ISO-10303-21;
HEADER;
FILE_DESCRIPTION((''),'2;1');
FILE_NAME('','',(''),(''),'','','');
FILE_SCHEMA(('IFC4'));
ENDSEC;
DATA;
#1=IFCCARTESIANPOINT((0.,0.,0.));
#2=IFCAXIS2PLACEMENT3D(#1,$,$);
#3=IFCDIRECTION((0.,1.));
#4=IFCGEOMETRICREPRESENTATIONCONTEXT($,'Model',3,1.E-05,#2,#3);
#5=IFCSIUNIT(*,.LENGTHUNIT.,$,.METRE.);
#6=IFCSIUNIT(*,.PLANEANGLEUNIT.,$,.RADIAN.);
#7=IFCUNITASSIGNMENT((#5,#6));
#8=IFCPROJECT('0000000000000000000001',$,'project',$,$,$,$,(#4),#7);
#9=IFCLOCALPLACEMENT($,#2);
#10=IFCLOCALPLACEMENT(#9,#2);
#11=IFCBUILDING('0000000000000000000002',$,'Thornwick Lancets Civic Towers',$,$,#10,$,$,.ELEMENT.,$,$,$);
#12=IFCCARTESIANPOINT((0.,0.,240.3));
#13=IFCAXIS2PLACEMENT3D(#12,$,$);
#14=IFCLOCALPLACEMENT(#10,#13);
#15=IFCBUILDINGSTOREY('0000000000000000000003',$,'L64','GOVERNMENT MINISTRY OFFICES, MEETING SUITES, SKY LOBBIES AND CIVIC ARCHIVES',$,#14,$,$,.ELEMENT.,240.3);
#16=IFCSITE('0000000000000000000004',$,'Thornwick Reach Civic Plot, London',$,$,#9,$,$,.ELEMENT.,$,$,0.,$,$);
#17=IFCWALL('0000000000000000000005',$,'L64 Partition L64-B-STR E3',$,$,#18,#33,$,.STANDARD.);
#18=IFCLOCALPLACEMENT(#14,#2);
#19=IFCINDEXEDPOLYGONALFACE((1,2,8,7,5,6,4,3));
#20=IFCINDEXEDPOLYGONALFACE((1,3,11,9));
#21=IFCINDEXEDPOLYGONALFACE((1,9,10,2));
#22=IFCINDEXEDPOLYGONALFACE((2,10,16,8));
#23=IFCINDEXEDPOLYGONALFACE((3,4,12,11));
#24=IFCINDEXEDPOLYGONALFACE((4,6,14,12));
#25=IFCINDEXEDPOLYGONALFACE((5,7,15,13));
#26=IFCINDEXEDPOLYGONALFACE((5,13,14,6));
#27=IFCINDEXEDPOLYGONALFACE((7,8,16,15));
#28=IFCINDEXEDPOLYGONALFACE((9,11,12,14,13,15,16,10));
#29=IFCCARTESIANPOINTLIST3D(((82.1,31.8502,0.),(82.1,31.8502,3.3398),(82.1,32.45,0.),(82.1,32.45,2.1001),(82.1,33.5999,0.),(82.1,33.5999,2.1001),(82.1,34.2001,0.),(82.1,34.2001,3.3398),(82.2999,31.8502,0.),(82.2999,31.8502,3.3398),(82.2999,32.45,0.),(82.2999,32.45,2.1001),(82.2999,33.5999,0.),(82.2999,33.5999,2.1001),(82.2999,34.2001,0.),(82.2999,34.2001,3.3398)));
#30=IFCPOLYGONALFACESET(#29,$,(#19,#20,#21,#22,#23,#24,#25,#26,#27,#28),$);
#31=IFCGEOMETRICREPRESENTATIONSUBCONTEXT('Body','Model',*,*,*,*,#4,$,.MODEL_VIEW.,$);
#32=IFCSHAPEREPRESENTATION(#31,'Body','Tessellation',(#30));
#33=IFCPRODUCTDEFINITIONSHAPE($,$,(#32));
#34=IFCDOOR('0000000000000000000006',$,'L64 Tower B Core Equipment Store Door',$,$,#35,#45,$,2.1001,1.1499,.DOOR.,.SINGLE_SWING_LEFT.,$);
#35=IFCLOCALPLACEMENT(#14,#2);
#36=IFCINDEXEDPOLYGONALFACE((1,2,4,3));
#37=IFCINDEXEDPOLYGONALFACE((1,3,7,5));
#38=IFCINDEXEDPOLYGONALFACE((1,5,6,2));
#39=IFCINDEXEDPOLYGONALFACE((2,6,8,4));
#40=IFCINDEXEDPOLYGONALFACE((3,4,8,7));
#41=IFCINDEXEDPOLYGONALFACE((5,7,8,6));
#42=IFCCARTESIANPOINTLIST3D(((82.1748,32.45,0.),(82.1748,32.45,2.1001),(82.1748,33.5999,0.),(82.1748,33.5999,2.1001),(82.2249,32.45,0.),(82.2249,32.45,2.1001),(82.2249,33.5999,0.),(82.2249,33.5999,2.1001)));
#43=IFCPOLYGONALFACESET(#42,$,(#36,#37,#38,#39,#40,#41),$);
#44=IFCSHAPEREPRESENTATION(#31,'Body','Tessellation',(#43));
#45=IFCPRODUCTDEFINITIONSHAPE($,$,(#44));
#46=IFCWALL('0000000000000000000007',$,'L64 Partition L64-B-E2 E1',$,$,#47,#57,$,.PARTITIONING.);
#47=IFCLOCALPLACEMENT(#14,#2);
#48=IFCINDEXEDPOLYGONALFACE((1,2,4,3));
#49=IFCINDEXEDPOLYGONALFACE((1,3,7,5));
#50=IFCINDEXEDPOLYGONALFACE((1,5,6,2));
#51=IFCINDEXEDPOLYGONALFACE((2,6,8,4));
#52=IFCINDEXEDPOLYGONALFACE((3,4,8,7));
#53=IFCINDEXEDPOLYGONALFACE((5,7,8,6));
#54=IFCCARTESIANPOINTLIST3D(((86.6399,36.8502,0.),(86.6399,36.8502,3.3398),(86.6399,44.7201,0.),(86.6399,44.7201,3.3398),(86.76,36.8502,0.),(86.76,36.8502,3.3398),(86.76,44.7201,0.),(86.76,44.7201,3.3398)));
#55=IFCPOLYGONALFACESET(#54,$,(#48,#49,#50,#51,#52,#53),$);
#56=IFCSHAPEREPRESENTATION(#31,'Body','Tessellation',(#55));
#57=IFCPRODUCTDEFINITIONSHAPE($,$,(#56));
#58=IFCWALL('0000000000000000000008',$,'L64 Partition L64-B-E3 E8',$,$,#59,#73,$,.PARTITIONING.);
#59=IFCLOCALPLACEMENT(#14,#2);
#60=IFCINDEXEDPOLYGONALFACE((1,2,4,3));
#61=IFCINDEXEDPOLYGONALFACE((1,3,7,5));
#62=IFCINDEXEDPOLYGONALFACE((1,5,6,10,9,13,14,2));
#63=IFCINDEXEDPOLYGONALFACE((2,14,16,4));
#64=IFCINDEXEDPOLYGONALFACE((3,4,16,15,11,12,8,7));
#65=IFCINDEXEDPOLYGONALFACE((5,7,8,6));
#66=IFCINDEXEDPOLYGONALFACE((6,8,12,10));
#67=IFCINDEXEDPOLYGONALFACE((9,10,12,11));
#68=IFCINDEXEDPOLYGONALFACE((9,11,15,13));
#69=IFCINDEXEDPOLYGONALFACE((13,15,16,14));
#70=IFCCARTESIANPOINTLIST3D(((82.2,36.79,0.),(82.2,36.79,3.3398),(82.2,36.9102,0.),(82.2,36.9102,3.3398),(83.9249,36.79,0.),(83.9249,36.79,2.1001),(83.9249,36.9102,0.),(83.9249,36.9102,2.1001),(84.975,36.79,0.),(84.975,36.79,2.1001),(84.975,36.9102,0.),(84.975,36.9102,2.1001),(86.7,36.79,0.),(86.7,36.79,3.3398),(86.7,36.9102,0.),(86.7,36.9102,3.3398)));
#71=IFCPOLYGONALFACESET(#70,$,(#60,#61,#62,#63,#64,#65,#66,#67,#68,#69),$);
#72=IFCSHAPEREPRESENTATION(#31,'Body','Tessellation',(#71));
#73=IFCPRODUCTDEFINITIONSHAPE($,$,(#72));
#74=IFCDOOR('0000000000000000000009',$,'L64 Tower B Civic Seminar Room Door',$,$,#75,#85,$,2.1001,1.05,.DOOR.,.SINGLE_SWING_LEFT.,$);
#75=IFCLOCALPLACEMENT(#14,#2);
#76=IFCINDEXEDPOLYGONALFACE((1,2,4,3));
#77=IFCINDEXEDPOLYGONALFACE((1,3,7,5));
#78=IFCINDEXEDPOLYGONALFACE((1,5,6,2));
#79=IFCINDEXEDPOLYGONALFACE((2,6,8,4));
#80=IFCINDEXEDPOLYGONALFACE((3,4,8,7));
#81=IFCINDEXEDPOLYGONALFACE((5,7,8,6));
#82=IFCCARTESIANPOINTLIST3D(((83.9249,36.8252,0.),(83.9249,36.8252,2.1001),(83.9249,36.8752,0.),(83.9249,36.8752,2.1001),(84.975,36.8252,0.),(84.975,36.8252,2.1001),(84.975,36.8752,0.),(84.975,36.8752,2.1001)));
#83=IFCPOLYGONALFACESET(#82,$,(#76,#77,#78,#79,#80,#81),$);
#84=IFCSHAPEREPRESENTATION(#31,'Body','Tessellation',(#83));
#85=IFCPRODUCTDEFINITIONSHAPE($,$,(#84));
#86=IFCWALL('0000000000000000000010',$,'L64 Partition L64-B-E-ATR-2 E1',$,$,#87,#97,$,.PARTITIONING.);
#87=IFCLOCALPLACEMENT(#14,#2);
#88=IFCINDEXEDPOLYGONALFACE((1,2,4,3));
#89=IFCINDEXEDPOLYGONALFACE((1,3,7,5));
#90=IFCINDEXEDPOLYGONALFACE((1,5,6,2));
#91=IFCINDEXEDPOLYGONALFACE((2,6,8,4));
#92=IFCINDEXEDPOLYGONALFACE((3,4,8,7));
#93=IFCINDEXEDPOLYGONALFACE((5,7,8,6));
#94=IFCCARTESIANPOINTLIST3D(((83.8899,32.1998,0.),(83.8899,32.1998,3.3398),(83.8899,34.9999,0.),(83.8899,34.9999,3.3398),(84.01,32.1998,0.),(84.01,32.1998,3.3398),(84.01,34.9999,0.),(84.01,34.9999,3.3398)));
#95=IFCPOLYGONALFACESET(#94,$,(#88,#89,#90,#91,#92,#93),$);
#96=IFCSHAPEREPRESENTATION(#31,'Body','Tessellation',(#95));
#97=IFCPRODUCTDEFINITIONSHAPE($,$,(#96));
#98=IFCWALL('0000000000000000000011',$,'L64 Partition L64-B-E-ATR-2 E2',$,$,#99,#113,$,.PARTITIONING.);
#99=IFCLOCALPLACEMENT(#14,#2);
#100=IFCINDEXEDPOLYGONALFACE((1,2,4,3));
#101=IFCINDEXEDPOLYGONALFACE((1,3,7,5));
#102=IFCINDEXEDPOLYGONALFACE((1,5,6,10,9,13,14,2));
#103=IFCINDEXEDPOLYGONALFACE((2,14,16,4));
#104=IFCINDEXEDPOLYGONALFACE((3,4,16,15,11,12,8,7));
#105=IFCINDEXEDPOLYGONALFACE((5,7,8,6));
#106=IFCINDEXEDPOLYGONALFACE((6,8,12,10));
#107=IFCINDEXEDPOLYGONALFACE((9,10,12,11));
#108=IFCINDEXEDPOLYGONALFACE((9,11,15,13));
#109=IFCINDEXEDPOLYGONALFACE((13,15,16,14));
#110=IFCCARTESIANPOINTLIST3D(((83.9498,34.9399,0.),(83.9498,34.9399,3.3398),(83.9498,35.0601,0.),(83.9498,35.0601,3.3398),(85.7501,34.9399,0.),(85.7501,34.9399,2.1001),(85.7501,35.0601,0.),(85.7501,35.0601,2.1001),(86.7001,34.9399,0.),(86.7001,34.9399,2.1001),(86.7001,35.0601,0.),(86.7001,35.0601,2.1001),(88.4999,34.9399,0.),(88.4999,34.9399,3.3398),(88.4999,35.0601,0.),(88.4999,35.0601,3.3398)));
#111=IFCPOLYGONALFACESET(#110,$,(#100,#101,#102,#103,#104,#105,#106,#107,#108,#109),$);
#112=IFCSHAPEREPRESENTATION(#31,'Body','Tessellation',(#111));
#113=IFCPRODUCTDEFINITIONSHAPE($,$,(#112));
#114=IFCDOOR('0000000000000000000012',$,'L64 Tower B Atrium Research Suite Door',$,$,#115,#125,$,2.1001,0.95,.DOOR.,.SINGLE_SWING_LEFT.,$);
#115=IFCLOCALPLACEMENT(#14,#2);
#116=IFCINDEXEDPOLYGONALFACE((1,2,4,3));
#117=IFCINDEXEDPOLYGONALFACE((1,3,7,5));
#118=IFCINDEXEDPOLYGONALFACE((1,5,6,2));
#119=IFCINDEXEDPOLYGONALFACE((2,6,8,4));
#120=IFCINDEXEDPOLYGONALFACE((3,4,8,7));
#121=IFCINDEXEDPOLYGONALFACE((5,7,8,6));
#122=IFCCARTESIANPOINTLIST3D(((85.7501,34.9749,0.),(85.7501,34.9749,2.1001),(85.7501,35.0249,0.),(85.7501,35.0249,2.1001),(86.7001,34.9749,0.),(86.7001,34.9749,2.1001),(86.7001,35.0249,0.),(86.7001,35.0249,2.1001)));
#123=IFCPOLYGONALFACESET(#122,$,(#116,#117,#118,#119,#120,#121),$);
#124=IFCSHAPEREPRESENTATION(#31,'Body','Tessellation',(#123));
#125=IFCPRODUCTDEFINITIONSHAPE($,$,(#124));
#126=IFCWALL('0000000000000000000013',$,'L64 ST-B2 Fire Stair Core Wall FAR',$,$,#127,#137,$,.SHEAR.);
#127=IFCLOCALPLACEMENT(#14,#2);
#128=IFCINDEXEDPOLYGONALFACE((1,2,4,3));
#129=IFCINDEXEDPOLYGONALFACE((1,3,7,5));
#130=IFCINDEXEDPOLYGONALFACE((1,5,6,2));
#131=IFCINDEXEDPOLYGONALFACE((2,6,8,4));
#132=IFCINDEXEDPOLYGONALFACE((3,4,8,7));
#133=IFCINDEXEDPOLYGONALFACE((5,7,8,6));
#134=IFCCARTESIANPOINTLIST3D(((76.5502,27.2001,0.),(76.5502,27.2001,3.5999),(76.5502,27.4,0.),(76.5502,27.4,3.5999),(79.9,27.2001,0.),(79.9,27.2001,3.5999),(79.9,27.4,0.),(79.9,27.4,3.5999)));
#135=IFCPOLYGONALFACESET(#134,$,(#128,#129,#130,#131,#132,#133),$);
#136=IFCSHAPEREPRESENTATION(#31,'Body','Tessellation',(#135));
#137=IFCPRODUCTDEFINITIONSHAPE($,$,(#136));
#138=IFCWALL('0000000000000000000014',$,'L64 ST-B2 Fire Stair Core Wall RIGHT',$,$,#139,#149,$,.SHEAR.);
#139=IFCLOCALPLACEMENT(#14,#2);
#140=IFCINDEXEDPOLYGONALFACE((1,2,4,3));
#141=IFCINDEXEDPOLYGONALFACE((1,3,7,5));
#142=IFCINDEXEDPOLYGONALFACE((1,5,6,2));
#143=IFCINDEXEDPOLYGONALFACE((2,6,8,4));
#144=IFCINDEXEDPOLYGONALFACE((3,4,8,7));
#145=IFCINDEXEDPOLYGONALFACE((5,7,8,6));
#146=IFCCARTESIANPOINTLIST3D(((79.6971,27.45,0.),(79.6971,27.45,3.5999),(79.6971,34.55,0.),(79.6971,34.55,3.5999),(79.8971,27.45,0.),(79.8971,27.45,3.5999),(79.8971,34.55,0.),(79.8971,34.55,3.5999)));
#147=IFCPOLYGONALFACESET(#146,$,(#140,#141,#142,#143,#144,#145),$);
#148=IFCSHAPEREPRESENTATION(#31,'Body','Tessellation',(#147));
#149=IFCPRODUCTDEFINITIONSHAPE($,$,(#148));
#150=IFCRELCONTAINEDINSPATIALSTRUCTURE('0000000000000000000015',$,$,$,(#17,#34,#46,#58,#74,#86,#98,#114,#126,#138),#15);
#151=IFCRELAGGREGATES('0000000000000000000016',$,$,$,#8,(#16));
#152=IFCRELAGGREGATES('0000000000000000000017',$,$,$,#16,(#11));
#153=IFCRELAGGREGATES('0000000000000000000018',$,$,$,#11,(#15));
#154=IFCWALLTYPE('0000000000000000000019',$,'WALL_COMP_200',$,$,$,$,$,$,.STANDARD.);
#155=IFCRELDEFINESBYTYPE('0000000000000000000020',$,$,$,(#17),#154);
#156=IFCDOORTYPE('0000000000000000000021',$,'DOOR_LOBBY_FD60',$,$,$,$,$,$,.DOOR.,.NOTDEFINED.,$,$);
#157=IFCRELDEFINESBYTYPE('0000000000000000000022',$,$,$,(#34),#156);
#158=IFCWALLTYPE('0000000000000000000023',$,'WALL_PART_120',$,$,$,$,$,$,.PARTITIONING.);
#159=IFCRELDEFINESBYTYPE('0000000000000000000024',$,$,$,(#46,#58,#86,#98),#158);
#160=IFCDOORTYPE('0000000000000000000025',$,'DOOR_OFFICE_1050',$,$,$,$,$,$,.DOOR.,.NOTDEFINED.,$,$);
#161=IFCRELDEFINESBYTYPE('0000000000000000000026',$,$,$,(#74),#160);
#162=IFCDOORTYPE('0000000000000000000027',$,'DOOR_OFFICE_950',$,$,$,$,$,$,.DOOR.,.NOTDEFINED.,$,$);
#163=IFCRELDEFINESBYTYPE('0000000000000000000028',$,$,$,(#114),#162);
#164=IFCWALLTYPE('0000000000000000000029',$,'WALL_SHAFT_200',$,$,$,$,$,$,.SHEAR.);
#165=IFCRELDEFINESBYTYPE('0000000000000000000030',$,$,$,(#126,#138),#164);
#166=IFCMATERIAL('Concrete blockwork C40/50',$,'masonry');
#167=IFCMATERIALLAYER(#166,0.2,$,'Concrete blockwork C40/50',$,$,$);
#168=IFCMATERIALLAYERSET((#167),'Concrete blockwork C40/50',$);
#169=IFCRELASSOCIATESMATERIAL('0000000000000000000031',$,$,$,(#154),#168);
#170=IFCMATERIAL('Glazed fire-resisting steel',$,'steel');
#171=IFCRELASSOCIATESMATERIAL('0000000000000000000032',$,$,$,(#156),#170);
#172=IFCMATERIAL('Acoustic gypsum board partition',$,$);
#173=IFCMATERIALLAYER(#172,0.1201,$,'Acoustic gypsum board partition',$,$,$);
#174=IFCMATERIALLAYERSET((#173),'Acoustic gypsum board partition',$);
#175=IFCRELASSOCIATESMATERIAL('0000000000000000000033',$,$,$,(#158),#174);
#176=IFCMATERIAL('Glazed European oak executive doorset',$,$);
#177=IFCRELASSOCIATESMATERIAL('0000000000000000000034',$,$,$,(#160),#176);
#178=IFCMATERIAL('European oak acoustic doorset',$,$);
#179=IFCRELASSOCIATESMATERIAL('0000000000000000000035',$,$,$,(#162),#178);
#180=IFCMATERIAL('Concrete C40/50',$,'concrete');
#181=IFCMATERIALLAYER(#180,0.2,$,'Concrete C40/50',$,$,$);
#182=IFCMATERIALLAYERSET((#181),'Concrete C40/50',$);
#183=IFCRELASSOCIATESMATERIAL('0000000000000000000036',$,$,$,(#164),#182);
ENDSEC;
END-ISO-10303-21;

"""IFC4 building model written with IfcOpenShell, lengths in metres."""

from ifc_helpers import new_model, si_unit, direction, frame, frame_2d, origin, place, context, subcontext, project, spatial, rectangle, extrude, material, layer, layer_set, type_object, element, fill, save


model = new_model("IFC4")

# Units and contexts
model_context = context("Model", 3, precision=1e-05, world=origin(), true_north=direction((0.0, 1.0)))
body_context = subcontext(model_context, "Body", "Model", "MODEL_VIEW")
ifc_project = project(units=[si_unit("LENGTHUNIT", "METRE"), si_unit("PLANEANGLEUNIT", "RADIAN")], contexts=[model_context])

# Site, building, storey
site_placement = place(None, origin())
site = spatial("IfcSite", under=ifc_project, at=site_placement, Name="Thornwick Reach Civic Plot, London", CompositionType="ELEMENT", RefElevation=0.0)
building_placement = place(site_placement, origin())
building = spatial("IfcBuilding", under=site, at=building_placement, Name="Thornwick Lancets Civic Towers", CompositionType="ELEMENT")
storey_placement = place(building_placement, frame((0.0, 0.0, 240.3)))
storey = spatial("IfcBuildingStorey", under=building, at=storey_placement, Name="L64", Description="GOVERNMENT MINISTRY OFFICES, MEETING SUITES, SKY LOBBIES AND CIVIC ARCHIVES", CompositionType="ELEMENT", Elevation=240.3)

# Shared definitions
ifc_material_1 = material(Name="Concrete blockwork C40/50", Category="masonry")
ifc_layer_1 = layer(ifc_material_1, 0.2, Name="Concrete blockwork C40/50")
ifc_layer_set_1 = layer_set([ifc_layer_1], Name="Concrete blockwork C40/50")
wall_type_1 = type_object("IfcWallType", Name="WALL_COMP_200", PredefinedType="STANDARD", material=ifc_layer_set_1)

# Shared definitions
ifc_material_2 = material(Name="Glazed fire-resisting steel", Category="steel")
door_type_1 = type_object("IfcDoorType", Name="DOOR_LOBBY_FD60", OperationType="NOTDEFINED", PredefinedType="DOOR", material=ifc_material_2)

# Wall, opening, door
wall_1_placement = place(storey_placement, frame((82.2, 34.2, 0.0), z_axis=(0.0, 0.0, 1.0), x_axis=(0.0, -1.0, 0.0)))
wall_1 = element("IfcWall", 1, at=wall_1_placement, inside=storey, type_object=wall_type_1, Name="L64 Partition L64-B-STR E3", PredefinedType="STANDARD", context=body_context, shape_type="SweptSolid", body=[
    extrude(rectangle(XDim=2.3499, YDim=0.2, at=frame_2d((1.1748, 0.0))), origin(), (0.0, 0.0, 1.0), 3.3398),
])
opening_1_placement = place(wall_1_placement, frame((0.6001, 0.0, 0.0)))
opening_1 = element("IfcOpeningElement", 2, at=opening_1_placement, cuts=wall_1, PredefinedType="OPENING", context=body_context, shape_type="SweptSolid", body=[
    extrude(rectangle(XDim=1.1499, YDim=2.1001, at=frame_2d((0.575, 1.05))), frame((0.0, 0.1099, 0.0), z_axis=(0.0, -1.0, 0.0), x_axis=(1.0, 0.0, 0.0)), (0.0, 0.0, 1.0), 0.22),
])
door_1_placement = place(opening_1_placement, origin())
door_1 = element("IfcDoor", 3, at=door_1_placement, inside=storey, type_object=door_type_1, Name="L64 Tower B Core Equipment Store Door", OperationType="SINGLE_SWING_LEFT", OverallHeight=2.1001, OverallWidth=1.1499, PredefinedType="DOOR", context=body_context, shape_type="SweptSolid", body=[
    extrude(rectangle(XDim=1.1499, YDim=2.1001, at=frame_2d((0.575, 1.05))), frame((0.0, 0.0249, 0.0), z_axis=(0.0, -1.0, 0.0), x_axis=(1.0, 0.0, 0.0)), (0.0, 0.0, 1.0), 0.05),
])
fill(opening_1, door_1)

# Wall
ifc_material_3 = material(Name="Acoustic gypsum board partition")
ifc_layer_2 = layer(ifc_material_3, 0.1201, Name="Acoustic gypsum board partition")
ifc_layer_set_2 = layer_set([ifc_layer_2], Name="Acoustic gypsum board partition")
wall_type_2 = type_object("IfcWallType", Name="WALL_PART_120", PredefinedType="PARTITIONING", material=ifc_layer_set_2)
wall_2_placement = place(storey_placement, frame((86.7, 36.8501, 0.0), z_axis=(0.0, 0.0, 1.0), x_axis=(0.0, 1.0, 0.0)))
element("IfcWall", 4, at=wall_2_placement, inside=storey, type_object=wall_type_2, Name="L64 Partition L64-B-E2 E1", PredefinedType="PARTITIONING", context=body_context, shape_type="SweptSolid", body=[
    extrude(rectangle(XDim=7.8699, YDim=0.1201, at=frame_2d((3.9351, 0.0))), origin(), (0.0, 0.0, 1.0), 3.3398),
])

# Wall, opening, door
wall_3_placement = place(storey_placement, frame((86.7, 36.8501, 0.0), z_axis=(0.0, 0.0, 1.0), x_axis=(-1.0, 0.0, 0.0)))
wall_3 = element("IfcWall", 5, at=wall_3_placement, inside=storey, type_object=wall_type_2, Name="L64 Partition L64-B-E3 E8", PredefinedType="PARTITIONING", context=body_context, shape_type="SweptSolid", body=[
    extrude(rectangle(XDim=4.5, YDim=0.1201, at=frame_2d((2.25, 0.0))), origin(), (0.0, 0.0, 1.0), 3.3398),
])
opening_2_placement = place(wall_3_placement, frame((1.7251, 0.0, 0.0)))
opening_2 = element("IfcOpeningElement", 6, at=opening_2_placement, cuts=wall_3, PredefinedType="OPENING", context=body_context, shape_type="SweptSolid", body=[
    extrude(rectangle(XDim=1.05, YDim=2.1001, at=frame_2d((0.5249, 1.05))), frame((0.0, 0.0701, 0.0), z_axis=(0.0, -1.0, 0.0), x_axis=(1.0, 0.0, 0.0)), (0.0, 0.0, 1.0), 0.1401),
])
ifc_material_4 = material(Name="Glazed European oak executive doorset")
door_type_2 = type_object("IfcDoorType", Name="DOOR_OFFICE_1050", OperationType="NOTDEFINED", PredefinedType="DOOR", material=ifc_material_4)
door_2_placement = place(opening_2_placement, origin())
door_2 = element("IfcDoor", 7, at=door_2_placement, inside=storey, type_object=door_type_2, Name="L64 Tower B Civic Seminar Room Door", OperationType="SINGLE_SWING_LEFT", OverallHeight=2.1001, OverallWidth=1.05, PredefinedType="DOOR", context=body_context, shape_type="SweptSolid", body=[
    extrude(rectangle(XDim=1.05, YDim=2.1001, at=frame_2d((0.5249, 1.05))), frame((0.0, 0.0249, 0.0), z_axis=(0.0, -1.0, 0.0), x_axis=(1.0, 0.0, 0.0)), (0.0, 0.0, 1.0), 0.05),
])
fill(opening_2, door_2)

# Wall
wall_4_placement = place(storey_placement, frame((83.95, 32.2, 0.0), z_axis=(0.0, 0.0, 1.0), x_axis=(0.0, 1.0, 0.0)))
element("IfcWall", 8, at=wall_4_placement, inside=storey, type_object=wall_type_2, Name="L64 Partition L64-B-E-ATR-2 E1", PredefinedType="PARTITIONING", context=body_context, shape_type="SweptSolid", body=[
    extrude(rectangle(XDim=2.8, YDim=0.1201, at=frame_2d((1.3999, 0.0))), origin(), (0.0, 0.0, 1.0), 3.3398),
])

# Wall, opening, door
wall_5_placement = place(storey_placement, frame((83.95, 35.0, 0.0), z_axis=(0.0, 0.0, 1.0), x_axis=(1.0, 0.0, 0.0)))
wall_5 = element("IfcWall", 9, at=wall_5_placement, inside=storey, type_object=wall_type_2, Name="L64 Partition L64-B-E-ATR-2 E2", PredefinedType="PARTITIONING", context=body_context, shape_type="SweptSolid", body=[
    extrude(rectangle(XDim=4.55, YDim=0.1201, at=frame_2d((2.2749, 0.0))), origin(), (0.0, 0.0, 1.0), 3.3398),
])
opening_3_placement = place(wall_5_placement, frame((1.8, 0.0, 0.0)))
opening_3 = element("IfcOpeningElement", 10, at=opening_3_placement, cuts=wall_5, PredefinedType="OPENING", context=body_context, shape_type="SweptSolid", body=[
    extrude(rectangle(XDim=0.95, YDim=2.1001, at=frame_2d((0.4751, 1.05))), frame((0.0, 0.0701, 0.0), z_axis=(0.0, -1.0, 0.0), x_axis=(1.0, 0.0, 0.0)), (0.0, 0.0, 1.0), 0.1401),
])
ifc_material_5 = material(Name="European oak acoustic doorset")
door_type_3 = type_object("IfcDoorType", Name="DOOR_OFFICE_950", OperationType="NOTDEFINED", PredefinedType="DOOR", material=ifc_material_5)
door_3_placement = place(opening_3_placement, origin())
door_3 = element("IfcDoor", 11, at=door_3_placement, inside=storey, type_object=door_type_3, Name="L64 Tower B Atrium Research Suite Door", OperationType="SINGLE_SWING_LEFT", OverallHeight=2.1001, OverallWidth=0.95, PredefinedType="DOOR", context=body_context, shape_type="SweptSolid", body=[
    extrude(rectangle(XDim=0.95, YDim=2.1001, at=frame_2d((0.4751, 1.05))), frame((0.0, 0.0249, 0.0), z_axis=(0.0, -1.0, 0.0), x_axis=(1.0, 0.0, 0.0)), (0.0, 0.0, 1.0), 0.05),
])
fill(opening_3, door_3)

# Walls
ifc_material_6 = material(Name="Concrete C40/50", Category="concrete")
ifc_layer_3 = layer(ifc_material_6, 0.2, Name="Concrete C40/50")
ifc_layer_set_3 = layer_set([ifc_layer_3], Name="Concrete C40/50")
wall_type_3 = type_object("IfcWallType", Name="WALL_SHAFT_200", PredefinedType="SHEAR", material=ifc_layer_set_3)
wall_6_placement = place(storey_placement, frame((79.8999, 27.3, 0.0), z_axis=(0.0, 0.0, 1.0), x_axis=(-1.0, 0.0, 0.0)))
element("IfcWall", 12, at=wall_6_placement, inside=storey, type_object=wall_type_3, Name="L64 ST-B2 Fire Stair Core Wall FAR", PredefinedType="SHEAR", context=body_context, shape_type="SweptSolid", body=[
    extrude(rectangle(XDim=3.3499, YDim=0.2, at=frame_2d((1.6748, 0.0))), origin(), (0.0, 0.0, 1.0), 3.5999),
])
wall_7_placement = place(storey_placement, frame((79.7971, 27.45, 0.0), z_axis=(0.0, 0.0, 1.0), x_axis=(0.0, 1.0, 0.0)))
element("IfcWall", 13, at=wall_7_placement, inside=storey, type_object=wall_type_3, Name="L64 ST-B2 Fire Stair Core Wall RIGHT", PredefinedType="SHEAR", context=body_context, shape_type="SweptSolid", body=[
    extrude(rectangle(XDim=7.1001, YDim=0.2, at=frame_2d((3.55, 0.0))), origin(), (0.0, 0.0, 1.0), 3.5999),
])

save(model, "model.ifc")
